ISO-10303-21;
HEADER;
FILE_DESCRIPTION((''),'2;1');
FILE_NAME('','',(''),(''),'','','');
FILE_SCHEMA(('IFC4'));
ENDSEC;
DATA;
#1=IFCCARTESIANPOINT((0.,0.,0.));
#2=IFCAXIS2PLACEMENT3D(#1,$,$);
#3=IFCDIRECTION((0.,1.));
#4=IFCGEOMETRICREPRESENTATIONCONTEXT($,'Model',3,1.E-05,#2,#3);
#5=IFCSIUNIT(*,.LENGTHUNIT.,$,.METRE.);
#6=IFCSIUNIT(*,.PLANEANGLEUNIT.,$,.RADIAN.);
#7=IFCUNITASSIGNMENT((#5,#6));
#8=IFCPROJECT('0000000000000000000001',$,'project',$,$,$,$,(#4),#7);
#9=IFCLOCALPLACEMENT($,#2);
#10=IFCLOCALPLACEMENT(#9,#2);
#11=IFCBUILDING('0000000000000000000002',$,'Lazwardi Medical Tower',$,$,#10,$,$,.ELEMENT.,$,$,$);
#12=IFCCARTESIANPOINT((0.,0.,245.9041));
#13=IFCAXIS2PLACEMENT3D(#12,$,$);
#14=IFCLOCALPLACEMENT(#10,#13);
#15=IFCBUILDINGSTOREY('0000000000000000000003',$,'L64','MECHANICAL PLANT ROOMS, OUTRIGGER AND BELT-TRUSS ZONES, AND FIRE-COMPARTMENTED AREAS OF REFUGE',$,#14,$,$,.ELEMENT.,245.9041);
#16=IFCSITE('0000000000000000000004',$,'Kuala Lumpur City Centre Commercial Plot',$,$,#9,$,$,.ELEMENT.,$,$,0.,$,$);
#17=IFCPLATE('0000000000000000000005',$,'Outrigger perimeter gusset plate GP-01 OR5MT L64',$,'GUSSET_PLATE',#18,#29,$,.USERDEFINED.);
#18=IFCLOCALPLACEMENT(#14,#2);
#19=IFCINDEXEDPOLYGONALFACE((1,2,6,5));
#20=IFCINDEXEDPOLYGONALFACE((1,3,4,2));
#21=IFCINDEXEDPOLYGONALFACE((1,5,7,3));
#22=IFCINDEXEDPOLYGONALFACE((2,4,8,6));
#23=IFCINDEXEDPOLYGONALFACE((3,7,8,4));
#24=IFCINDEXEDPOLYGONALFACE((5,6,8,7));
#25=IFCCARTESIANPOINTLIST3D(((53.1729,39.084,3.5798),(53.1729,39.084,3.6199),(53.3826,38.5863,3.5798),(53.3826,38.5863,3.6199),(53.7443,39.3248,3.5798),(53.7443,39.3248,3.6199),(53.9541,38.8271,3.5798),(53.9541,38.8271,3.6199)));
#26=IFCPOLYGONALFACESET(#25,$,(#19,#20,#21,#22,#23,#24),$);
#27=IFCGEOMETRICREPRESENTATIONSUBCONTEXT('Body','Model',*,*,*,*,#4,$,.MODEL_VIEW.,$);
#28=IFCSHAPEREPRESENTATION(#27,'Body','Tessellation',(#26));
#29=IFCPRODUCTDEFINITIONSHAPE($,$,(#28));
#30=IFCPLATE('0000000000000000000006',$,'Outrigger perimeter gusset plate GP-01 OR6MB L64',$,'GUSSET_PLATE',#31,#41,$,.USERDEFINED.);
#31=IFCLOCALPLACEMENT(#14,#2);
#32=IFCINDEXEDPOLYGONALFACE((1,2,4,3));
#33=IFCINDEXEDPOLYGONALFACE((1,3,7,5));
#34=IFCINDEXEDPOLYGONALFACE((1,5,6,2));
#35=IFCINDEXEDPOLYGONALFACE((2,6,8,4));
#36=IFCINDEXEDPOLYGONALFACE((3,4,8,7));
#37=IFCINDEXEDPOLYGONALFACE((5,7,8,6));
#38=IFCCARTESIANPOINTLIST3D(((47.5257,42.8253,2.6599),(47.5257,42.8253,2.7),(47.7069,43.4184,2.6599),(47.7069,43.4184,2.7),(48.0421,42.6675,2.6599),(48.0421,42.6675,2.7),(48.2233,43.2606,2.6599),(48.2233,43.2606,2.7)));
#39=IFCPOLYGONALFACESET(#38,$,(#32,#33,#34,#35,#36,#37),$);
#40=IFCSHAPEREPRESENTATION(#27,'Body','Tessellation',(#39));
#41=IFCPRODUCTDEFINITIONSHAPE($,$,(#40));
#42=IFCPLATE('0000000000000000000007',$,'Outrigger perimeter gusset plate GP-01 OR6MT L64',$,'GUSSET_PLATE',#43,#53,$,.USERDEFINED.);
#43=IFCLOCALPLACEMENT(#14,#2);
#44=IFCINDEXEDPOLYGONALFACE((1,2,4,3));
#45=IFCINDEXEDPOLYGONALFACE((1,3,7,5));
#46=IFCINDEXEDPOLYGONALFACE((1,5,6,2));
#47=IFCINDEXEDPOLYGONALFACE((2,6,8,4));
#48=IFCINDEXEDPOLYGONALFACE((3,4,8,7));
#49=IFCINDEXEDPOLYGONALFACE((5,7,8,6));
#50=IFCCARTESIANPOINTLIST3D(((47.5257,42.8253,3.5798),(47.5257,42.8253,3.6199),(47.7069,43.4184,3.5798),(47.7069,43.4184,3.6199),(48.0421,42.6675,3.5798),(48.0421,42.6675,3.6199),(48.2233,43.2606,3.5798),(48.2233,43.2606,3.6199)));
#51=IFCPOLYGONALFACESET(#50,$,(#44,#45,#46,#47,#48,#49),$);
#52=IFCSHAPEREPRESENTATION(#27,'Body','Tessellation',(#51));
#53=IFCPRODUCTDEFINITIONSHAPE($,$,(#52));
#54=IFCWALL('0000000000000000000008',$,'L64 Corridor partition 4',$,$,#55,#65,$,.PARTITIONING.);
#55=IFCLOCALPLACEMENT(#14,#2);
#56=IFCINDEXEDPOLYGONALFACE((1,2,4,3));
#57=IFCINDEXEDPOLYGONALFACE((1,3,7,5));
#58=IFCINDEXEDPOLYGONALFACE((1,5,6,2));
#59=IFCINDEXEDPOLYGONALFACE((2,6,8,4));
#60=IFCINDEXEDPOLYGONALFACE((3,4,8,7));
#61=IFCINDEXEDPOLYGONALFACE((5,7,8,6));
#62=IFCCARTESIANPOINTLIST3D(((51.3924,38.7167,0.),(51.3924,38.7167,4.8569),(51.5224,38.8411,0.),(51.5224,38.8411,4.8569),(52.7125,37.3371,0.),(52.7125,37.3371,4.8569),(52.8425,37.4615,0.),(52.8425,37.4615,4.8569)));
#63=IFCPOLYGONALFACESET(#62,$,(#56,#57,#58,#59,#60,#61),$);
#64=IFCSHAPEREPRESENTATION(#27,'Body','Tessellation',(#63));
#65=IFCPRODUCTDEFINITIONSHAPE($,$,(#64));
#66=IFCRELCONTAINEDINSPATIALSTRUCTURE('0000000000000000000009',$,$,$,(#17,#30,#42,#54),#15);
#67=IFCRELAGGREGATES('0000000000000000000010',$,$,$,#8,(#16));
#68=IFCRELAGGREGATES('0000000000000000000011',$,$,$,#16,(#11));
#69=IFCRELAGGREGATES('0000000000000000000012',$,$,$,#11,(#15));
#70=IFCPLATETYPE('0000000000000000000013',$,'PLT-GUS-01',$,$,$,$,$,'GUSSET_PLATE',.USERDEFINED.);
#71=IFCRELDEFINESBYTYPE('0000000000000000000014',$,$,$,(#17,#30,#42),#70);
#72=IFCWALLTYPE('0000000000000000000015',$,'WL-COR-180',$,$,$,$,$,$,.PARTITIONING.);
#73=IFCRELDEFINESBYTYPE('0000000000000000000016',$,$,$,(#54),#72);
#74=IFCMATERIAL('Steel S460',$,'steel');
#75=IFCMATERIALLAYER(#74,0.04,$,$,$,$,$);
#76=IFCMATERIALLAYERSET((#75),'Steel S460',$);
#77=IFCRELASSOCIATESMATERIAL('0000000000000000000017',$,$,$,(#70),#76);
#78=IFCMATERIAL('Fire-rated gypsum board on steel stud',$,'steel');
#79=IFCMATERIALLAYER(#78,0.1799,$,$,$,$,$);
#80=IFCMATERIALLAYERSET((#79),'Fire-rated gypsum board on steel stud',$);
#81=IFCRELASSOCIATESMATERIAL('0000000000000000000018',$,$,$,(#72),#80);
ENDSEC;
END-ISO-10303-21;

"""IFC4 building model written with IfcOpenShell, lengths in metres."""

from ifc_helpers import new_model, si_unit, direction, frame, frame_2d, origin, origin_2d, place, context, subcontext, project, spatial, rectangle, extrude, material, layer, layer_set, type_object, element, save


model = new_model("IFC4")

# Units and contexts
model_context = context("Model", 3, precision=1e-05, world=origin(), true_north=direction((0.0, 1.0)))
body_context = subcontext(model_context, "Body", "Model", "MODEL_VIEW")
ifc_project = project(units=[si_unit("LENGTHUNIT", "METRE"), si_unit("PLANEANGLEUNIT", "RADIAN")], contexts=[model_context])

# Site, building, storey
site_placement = place(None, origin())
site = spatial("IfcSite", under=ifc_project, at=site_placement, Name="Kuala Lumpur City Centre Commercial Plot", CompositionType="ELEMENT", RefElevation=0.0)
building_placement = place(site_placement, origin())
building = spatial("IfcBuilding", under=site, at=building_placement, Name="Lazwardi Medical Tower", CompositionType="ELEMENT")
storey_placement = place(building_placement, frame((0.0, 0.0, 245.9041)))
storey = spatial("IfcBuildingStorey", under=building, at=storey_placement, Name="L64", Description="MECHANICAL PLANT ROOMS, OUTRIGGER AND BELT-TRUSS ZONES, AND FIRE-COMPARTMENTED AREAS OF REFUGE", CompositionType="ELEMENT", Elevation=245.9041)

# Shared definitions
ifc_material_1 = material(Name="Steel S460", Category="steel")

# Plates
ifc_layer_1 = layer(ifc_material_1, 0.04)
ifc_layer_set_1 = layer_set([ifc_layer_1], Name="Steel S460")
plate_type = type_object("IfcPlateType", Name="PLT-GUS-01", ElementType="GUSSET_PLATE", PredefinedType="USERDEFINED", material=ifc_layer_set_1)
for number, where, z_axis, x_axis, name in (
    (1, (53.5635, 38.9556, 3.5798), (0.0, 0.0, 1.0), (0.921525, 0.38832, 0.0), "Outrigger perimeter gusset plate GP-01 OR5MT L64"),
    (2, (47.8745, 43.043, 2.6599), (0.0, 0.0, 1.0), (0.292205, 0.956356, 0.0), "Outrigger perimeter gusset plate GP-01 OR6MB L64"),
    (3, (47.8745, 43.043, 3.5798), (0.0, 0.0, 1.0), (0.292205, 0.956356, 0.0), "Outrigger perimeter gusset plate GP-01 OR6MT L64"),
):
    element("IfcPlate", number, at=place(storey_placement, frame(where, z_axis=z_axis, x_axis=x_axis)), inside=storey, type_object=plate_type, Name=name, ObjectType="GUSSET_PLATE", PredefinedType="USERDEFINED", context=body_context, shape_type="SweptSolid", body=[
        extrude(rectangle(XDim=0.6201, YDim=0.54, at=origin_2d()), origin(), (0.0, 0.0, 1.0), 0.04),
    ])

# Wall
ifc_material_2 = material(Name="Fire-rated gypsum board on steel stud", Category="steel")
ifc_layer_2 = layer(ifc_material_2, 0.1799)
ifc_layer_set_2 = layer_set([ifc_layer_2], Name="Fire-rated gypsum board on steel stud")
wall_type = type_object("IfcWallType", Name="WL-COR-180", PredefinedType="PARTITIONING", material=ifc_layer_set_2)
wall_placement = place(storey_placement, frame((51.4575, 38.7788, 0.0), z_axis=(0.0, 0.0, 1.0), x_axis=(0.691336, -0.722534, 0.0)))
element("IfcWall", 4, at=wall_placement, inside=storey, type_object=wall_type, Name="L64 Corridor partition 4", PredefinedType="PARTITIONING", context=body_context, shape_type="SweptSolid", body=[
    extrude(rectangle(XDim=1.9094, YDim=0.1799, at=frame_2d((0.9546, 0.0))), origin(), (0.0, 0.0, 1.0), 4.8569),
])

save(model, "model.ifc")
